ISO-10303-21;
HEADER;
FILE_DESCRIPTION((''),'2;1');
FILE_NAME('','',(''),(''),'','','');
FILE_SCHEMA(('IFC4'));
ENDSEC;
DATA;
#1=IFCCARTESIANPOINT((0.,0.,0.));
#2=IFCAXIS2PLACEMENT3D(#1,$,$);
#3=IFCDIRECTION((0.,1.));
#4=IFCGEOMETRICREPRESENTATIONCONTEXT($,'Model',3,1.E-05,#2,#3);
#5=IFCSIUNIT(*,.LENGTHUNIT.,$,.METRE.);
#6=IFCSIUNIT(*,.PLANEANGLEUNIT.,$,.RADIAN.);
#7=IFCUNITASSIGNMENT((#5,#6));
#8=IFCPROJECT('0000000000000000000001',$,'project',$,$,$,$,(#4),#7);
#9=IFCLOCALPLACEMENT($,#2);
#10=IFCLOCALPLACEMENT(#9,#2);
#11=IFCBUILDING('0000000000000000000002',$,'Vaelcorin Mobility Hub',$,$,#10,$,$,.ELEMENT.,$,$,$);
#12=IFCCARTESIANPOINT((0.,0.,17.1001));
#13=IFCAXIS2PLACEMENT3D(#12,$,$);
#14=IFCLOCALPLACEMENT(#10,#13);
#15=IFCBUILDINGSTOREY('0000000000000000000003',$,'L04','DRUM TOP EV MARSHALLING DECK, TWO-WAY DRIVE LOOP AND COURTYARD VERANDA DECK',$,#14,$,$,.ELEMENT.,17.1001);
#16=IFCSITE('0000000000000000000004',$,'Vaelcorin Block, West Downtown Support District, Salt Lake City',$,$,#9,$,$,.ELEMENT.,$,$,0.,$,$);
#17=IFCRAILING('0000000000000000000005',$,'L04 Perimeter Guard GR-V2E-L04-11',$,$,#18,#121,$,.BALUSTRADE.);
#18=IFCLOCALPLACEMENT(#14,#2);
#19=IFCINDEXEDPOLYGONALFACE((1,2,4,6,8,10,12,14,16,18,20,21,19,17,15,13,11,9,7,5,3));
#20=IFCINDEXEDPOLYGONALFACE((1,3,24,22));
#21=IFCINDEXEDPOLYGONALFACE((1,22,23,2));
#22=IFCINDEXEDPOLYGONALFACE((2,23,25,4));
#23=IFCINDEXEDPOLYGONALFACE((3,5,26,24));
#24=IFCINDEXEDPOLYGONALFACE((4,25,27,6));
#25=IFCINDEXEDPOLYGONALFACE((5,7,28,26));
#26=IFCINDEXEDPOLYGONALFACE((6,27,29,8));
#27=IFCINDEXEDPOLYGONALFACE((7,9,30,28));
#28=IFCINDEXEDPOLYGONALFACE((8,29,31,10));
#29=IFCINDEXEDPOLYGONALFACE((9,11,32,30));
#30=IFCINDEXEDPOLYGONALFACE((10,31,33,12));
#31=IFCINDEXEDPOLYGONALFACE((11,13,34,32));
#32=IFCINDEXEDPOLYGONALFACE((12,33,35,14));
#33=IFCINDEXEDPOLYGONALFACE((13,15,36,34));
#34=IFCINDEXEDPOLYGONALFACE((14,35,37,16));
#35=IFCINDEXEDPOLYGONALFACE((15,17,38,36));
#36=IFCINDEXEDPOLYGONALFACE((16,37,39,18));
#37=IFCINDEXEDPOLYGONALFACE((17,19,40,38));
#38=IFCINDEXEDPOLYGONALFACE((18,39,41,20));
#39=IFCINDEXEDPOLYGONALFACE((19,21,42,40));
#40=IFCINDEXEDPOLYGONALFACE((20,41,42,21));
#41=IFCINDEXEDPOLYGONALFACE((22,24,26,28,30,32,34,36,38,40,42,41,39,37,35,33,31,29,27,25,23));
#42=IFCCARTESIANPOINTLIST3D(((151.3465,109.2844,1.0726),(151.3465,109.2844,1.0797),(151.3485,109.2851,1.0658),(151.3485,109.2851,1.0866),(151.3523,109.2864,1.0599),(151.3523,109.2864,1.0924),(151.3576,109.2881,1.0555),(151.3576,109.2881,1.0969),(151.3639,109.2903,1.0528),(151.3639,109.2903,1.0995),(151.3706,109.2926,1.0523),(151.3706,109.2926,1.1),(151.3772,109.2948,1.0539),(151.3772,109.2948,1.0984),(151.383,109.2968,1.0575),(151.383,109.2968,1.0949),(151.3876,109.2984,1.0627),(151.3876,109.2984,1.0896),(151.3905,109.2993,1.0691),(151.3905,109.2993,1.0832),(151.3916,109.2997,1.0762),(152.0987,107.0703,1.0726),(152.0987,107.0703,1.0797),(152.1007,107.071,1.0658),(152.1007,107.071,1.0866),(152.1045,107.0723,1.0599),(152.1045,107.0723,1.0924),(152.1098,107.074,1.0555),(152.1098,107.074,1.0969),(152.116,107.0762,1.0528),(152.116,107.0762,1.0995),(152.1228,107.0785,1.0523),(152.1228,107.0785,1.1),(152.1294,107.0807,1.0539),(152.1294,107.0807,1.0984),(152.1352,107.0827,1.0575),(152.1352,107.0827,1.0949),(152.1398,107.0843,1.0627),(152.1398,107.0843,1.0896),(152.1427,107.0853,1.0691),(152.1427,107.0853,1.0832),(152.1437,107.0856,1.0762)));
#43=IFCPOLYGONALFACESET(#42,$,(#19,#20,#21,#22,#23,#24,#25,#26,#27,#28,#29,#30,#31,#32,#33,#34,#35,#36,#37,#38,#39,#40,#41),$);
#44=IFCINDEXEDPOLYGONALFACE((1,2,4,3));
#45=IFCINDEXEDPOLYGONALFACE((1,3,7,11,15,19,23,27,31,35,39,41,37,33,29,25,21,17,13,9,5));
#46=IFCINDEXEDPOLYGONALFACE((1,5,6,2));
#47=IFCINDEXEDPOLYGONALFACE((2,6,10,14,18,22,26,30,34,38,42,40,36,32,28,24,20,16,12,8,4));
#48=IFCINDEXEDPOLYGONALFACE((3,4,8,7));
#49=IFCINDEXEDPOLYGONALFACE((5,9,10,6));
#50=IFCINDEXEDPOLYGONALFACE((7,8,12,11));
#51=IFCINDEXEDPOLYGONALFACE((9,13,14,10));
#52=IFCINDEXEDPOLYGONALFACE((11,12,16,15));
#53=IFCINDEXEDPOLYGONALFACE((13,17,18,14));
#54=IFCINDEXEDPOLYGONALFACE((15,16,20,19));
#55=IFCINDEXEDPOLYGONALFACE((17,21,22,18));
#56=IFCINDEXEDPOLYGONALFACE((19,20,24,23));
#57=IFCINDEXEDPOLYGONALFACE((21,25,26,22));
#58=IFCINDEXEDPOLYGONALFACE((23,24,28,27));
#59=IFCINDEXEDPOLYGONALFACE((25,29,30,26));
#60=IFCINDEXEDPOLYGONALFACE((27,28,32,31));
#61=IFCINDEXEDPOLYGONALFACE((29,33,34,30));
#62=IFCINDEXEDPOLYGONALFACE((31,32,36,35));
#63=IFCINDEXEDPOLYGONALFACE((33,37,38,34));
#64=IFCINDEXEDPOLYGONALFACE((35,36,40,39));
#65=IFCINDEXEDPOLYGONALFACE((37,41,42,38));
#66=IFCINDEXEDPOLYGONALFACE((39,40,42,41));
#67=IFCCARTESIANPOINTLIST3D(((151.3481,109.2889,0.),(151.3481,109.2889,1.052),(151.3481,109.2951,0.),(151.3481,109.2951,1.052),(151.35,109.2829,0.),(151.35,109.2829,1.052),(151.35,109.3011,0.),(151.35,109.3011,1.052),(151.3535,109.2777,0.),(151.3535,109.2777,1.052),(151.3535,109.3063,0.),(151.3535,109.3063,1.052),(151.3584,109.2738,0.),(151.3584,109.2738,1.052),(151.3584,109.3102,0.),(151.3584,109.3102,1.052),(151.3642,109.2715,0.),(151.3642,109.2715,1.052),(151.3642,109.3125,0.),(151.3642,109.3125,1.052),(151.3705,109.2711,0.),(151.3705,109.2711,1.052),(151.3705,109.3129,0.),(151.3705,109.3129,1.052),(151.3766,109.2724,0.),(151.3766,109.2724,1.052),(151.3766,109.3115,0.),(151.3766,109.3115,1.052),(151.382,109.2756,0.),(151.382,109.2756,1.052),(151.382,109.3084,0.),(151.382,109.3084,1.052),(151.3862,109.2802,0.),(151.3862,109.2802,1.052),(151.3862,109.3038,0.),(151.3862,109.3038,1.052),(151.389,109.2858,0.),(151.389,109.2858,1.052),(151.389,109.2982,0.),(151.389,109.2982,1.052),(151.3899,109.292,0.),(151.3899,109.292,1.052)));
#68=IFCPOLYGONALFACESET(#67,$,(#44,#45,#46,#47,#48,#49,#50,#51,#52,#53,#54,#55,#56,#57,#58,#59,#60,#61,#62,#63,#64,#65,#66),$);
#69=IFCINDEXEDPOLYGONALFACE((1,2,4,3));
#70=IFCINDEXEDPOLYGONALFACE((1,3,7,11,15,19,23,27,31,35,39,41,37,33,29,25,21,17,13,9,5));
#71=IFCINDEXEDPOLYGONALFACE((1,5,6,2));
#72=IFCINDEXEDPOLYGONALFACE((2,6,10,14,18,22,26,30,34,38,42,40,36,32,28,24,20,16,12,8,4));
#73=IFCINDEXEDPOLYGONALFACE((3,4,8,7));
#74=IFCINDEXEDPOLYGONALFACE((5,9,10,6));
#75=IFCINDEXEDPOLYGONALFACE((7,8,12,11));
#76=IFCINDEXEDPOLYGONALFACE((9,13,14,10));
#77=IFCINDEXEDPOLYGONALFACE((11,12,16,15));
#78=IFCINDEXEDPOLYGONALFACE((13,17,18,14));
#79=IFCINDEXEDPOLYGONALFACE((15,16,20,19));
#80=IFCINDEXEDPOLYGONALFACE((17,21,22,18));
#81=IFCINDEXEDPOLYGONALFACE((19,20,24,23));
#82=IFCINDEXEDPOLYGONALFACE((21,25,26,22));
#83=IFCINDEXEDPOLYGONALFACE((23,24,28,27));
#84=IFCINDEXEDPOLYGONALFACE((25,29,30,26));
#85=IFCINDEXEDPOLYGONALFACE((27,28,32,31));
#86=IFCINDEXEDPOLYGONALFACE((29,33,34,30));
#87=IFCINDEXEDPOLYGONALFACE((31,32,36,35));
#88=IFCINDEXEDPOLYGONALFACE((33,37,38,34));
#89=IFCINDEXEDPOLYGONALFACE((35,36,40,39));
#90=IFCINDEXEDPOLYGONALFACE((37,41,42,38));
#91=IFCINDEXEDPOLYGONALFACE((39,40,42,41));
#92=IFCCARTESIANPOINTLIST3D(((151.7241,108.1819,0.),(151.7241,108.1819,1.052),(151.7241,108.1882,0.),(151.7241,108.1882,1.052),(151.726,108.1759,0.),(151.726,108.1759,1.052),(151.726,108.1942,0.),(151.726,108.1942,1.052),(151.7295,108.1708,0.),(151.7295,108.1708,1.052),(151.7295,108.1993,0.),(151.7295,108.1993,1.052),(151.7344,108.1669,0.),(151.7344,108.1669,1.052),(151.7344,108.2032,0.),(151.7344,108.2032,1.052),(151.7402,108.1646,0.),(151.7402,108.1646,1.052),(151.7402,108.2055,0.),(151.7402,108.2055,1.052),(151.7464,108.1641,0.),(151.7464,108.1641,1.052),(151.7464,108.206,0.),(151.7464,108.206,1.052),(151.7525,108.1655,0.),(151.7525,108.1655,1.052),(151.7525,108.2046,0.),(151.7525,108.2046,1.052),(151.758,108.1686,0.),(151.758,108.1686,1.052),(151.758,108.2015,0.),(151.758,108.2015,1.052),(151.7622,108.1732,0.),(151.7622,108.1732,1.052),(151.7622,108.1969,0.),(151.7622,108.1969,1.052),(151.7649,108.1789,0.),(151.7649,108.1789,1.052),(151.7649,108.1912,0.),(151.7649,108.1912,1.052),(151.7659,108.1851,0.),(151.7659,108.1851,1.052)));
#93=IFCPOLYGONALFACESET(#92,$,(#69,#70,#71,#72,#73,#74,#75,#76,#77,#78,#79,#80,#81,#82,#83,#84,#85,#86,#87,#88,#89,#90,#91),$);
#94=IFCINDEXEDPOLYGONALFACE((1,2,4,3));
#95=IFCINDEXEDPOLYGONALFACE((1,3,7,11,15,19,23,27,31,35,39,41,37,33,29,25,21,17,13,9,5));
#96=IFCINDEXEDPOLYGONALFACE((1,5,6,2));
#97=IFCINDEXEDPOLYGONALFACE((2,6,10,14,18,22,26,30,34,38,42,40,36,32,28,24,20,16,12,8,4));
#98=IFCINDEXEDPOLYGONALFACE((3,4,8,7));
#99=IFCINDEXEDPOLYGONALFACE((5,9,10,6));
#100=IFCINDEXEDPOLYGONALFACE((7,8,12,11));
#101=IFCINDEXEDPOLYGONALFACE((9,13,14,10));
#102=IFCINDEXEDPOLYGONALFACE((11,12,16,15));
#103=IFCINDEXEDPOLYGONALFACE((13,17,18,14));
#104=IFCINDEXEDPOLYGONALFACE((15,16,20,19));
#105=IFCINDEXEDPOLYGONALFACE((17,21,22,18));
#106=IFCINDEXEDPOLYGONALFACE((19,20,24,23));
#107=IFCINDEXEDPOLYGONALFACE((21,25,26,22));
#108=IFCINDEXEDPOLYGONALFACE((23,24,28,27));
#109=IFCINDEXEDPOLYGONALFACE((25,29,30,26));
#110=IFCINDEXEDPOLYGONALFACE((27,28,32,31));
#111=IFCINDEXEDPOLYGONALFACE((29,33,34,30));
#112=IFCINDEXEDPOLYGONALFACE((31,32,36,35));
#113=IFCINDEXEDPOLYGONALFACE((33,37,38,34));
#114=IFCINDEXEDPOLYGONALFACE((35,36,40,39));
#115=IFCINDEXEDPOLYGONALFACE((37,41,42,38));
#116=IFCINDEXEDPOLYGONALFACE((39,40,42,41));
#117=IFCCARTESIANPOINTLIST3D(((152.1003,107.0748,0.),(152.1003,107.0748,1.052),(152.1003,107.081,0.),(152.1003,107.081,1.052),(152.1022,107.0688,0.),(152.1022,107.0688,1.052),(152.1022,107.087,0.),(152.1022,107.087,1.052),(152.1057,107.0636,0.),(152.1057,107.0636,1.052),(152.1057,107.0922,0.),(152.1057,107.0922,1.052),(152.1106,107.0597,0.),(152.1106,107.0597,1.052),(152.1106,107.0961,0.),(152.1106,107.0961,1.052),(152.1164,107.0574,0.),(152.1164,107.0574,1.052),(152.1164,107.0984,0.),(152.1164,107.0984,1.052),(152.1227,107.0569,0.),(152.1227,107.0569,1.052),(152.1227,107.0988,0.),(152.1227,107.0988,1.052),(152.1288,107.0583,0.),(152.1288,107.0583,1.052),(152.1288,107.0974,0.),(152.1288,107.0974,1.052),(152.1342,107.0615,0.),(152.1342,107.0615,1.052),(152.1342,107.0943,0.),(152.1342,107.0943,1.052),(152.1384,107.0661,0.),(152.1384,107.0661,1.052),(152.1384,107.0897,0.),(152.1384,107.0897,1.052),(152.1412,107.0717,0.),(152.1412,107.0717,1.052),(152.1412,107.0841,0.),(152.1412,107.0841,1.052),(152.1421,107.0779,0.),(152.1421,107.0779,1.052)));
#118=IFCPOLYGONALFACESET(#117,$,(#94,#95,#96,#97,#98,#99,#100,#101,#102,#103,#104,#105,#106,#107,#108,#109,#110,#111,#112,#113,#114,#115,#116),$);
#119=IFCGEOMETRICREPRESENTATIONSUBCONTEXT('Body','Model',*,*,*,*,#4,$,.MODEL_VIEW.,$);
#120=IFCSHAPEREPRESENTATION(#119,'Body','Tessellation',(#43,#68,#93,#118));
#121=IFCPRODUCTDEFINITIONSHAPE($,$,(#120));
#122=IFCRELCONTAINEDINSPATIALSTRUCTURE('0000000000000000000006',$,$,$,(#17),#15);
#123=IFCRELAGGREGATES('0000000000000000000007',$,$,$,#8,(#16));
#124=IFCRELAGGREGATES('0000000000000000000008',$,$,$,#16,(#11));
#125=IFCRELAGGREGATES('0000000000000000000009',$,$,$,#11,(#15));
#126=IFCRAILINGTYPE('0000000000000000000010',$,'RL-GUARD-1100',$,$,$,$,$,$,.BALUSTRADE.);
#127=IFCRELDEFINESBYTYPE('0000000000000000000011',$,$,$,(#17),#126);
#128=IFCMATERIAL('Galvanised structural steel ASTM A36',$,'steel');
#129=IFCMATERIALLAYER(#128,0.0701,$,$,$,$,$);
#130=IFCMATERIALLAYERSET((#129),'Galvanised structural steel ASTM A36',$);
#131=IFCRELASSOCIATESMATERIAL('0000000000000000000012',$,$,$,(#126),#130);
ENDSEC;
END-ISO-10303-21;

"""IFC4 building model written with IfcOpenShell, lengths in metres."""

from ifc_helpers import new_model, si_unit, direction, frame, origin, origin_2d, place, context, subcontext, project, spatial, circle, extrude, material, layer, layer_set, type_object, element, save


model = new_model("IFC4")

# Units and contexts
model_context = context("Model", 3, precision=1e-05, world=origin(), true_north=direction((0.0, 1.0)))
body_context = subcontext(model_context, "Body", "Model", "MODEL_VIEW")
ifc_project = project(units=[si_unit("LENGTHUNIT", "METRE"), si_unit("PLANEANGLEUNIT", "RADIAN")], contexts=[model_context])

# Site, building, storey
site_placement = place(None, origin())
site = spatial("IfcSite", under=ifc_project, at=site_placement, Name="Vaelcorin Block, West Downtown Support District, Salt Lake City", CompositionType="ELEMENT", RefElevation=0.0)
building_placement = place(site_placement, origin())
building = spatial("IfcBuilding", under=site, at=building_placement, Name="Vaelcorin Mobility Hub", CompositionType="ELEMENT")
storey_placement = place(building_placement, frame((0.0, 0.0, 17.1001)))
storey = spatial("IfcBuildingStorey", under=building, at=storey_placement, Name="L04", Description="DRUM TOP EV MARSHALLING DECK, TWO-WAY DRIVE LOOP AND COURTYARD VERANDA DECK", CompositionType="ELEMENT", Elevation=17.1001)

# Railing
ifc_material_1 = material(Name="Galvanised structural steel ASTM A36", Category="steel")
ifc_layer_1 = layer(ifc_material_1, 0.0701)
ifc_layer_set_1 = layer_set([ifc_layer_1], Name="Galvanised structural steel ASTM A36")
railing_type = type_object("IfcRailingType", Name="RL-GUARD-1100", PredefinedType="BALUSTRADE", material=ifc_layer_set_1)
railing_1_placement = place(storey_placement, frame((151.3689, 109.292, 0.0)))
element("IfcRailing", 1, at=railing_1_placement, inside=storey, type_object=railing_type, Name="L04 Perimeter Guard GR-V2E-L04-11", PredefinedType="BALUSTRADE", context=body_context, shape_type="SweptSolid", body=[
    extrude(circle(Radius=0.0239, at=origin_2d()), frame((0.0, 0.0, 1.0762), z_axis=(0.321673, -0.946851, 0.0), x_axis=(0.946851, 0.321673, 0.0)), (0.0, 0.0, 1.0), 2.3384),
    extrude(circle(Radius=0.021, at=origin_2d()), origin(), (0.0, 0.0, 1.0), 1.052),
    extrude(circle(Radius=0.021, at=origin_2d()), frame((0.376, -1.1069, 0.0)), (0.0, 0.0, 1.0), 1.052),
    extrude(circle(Radius=0.021, at=origin_2d()), frame((0.7522, -2.2141, 0.0)), (0.0, 0.0, 1.0), 1.052),
])

save(model, "model.ifc")
